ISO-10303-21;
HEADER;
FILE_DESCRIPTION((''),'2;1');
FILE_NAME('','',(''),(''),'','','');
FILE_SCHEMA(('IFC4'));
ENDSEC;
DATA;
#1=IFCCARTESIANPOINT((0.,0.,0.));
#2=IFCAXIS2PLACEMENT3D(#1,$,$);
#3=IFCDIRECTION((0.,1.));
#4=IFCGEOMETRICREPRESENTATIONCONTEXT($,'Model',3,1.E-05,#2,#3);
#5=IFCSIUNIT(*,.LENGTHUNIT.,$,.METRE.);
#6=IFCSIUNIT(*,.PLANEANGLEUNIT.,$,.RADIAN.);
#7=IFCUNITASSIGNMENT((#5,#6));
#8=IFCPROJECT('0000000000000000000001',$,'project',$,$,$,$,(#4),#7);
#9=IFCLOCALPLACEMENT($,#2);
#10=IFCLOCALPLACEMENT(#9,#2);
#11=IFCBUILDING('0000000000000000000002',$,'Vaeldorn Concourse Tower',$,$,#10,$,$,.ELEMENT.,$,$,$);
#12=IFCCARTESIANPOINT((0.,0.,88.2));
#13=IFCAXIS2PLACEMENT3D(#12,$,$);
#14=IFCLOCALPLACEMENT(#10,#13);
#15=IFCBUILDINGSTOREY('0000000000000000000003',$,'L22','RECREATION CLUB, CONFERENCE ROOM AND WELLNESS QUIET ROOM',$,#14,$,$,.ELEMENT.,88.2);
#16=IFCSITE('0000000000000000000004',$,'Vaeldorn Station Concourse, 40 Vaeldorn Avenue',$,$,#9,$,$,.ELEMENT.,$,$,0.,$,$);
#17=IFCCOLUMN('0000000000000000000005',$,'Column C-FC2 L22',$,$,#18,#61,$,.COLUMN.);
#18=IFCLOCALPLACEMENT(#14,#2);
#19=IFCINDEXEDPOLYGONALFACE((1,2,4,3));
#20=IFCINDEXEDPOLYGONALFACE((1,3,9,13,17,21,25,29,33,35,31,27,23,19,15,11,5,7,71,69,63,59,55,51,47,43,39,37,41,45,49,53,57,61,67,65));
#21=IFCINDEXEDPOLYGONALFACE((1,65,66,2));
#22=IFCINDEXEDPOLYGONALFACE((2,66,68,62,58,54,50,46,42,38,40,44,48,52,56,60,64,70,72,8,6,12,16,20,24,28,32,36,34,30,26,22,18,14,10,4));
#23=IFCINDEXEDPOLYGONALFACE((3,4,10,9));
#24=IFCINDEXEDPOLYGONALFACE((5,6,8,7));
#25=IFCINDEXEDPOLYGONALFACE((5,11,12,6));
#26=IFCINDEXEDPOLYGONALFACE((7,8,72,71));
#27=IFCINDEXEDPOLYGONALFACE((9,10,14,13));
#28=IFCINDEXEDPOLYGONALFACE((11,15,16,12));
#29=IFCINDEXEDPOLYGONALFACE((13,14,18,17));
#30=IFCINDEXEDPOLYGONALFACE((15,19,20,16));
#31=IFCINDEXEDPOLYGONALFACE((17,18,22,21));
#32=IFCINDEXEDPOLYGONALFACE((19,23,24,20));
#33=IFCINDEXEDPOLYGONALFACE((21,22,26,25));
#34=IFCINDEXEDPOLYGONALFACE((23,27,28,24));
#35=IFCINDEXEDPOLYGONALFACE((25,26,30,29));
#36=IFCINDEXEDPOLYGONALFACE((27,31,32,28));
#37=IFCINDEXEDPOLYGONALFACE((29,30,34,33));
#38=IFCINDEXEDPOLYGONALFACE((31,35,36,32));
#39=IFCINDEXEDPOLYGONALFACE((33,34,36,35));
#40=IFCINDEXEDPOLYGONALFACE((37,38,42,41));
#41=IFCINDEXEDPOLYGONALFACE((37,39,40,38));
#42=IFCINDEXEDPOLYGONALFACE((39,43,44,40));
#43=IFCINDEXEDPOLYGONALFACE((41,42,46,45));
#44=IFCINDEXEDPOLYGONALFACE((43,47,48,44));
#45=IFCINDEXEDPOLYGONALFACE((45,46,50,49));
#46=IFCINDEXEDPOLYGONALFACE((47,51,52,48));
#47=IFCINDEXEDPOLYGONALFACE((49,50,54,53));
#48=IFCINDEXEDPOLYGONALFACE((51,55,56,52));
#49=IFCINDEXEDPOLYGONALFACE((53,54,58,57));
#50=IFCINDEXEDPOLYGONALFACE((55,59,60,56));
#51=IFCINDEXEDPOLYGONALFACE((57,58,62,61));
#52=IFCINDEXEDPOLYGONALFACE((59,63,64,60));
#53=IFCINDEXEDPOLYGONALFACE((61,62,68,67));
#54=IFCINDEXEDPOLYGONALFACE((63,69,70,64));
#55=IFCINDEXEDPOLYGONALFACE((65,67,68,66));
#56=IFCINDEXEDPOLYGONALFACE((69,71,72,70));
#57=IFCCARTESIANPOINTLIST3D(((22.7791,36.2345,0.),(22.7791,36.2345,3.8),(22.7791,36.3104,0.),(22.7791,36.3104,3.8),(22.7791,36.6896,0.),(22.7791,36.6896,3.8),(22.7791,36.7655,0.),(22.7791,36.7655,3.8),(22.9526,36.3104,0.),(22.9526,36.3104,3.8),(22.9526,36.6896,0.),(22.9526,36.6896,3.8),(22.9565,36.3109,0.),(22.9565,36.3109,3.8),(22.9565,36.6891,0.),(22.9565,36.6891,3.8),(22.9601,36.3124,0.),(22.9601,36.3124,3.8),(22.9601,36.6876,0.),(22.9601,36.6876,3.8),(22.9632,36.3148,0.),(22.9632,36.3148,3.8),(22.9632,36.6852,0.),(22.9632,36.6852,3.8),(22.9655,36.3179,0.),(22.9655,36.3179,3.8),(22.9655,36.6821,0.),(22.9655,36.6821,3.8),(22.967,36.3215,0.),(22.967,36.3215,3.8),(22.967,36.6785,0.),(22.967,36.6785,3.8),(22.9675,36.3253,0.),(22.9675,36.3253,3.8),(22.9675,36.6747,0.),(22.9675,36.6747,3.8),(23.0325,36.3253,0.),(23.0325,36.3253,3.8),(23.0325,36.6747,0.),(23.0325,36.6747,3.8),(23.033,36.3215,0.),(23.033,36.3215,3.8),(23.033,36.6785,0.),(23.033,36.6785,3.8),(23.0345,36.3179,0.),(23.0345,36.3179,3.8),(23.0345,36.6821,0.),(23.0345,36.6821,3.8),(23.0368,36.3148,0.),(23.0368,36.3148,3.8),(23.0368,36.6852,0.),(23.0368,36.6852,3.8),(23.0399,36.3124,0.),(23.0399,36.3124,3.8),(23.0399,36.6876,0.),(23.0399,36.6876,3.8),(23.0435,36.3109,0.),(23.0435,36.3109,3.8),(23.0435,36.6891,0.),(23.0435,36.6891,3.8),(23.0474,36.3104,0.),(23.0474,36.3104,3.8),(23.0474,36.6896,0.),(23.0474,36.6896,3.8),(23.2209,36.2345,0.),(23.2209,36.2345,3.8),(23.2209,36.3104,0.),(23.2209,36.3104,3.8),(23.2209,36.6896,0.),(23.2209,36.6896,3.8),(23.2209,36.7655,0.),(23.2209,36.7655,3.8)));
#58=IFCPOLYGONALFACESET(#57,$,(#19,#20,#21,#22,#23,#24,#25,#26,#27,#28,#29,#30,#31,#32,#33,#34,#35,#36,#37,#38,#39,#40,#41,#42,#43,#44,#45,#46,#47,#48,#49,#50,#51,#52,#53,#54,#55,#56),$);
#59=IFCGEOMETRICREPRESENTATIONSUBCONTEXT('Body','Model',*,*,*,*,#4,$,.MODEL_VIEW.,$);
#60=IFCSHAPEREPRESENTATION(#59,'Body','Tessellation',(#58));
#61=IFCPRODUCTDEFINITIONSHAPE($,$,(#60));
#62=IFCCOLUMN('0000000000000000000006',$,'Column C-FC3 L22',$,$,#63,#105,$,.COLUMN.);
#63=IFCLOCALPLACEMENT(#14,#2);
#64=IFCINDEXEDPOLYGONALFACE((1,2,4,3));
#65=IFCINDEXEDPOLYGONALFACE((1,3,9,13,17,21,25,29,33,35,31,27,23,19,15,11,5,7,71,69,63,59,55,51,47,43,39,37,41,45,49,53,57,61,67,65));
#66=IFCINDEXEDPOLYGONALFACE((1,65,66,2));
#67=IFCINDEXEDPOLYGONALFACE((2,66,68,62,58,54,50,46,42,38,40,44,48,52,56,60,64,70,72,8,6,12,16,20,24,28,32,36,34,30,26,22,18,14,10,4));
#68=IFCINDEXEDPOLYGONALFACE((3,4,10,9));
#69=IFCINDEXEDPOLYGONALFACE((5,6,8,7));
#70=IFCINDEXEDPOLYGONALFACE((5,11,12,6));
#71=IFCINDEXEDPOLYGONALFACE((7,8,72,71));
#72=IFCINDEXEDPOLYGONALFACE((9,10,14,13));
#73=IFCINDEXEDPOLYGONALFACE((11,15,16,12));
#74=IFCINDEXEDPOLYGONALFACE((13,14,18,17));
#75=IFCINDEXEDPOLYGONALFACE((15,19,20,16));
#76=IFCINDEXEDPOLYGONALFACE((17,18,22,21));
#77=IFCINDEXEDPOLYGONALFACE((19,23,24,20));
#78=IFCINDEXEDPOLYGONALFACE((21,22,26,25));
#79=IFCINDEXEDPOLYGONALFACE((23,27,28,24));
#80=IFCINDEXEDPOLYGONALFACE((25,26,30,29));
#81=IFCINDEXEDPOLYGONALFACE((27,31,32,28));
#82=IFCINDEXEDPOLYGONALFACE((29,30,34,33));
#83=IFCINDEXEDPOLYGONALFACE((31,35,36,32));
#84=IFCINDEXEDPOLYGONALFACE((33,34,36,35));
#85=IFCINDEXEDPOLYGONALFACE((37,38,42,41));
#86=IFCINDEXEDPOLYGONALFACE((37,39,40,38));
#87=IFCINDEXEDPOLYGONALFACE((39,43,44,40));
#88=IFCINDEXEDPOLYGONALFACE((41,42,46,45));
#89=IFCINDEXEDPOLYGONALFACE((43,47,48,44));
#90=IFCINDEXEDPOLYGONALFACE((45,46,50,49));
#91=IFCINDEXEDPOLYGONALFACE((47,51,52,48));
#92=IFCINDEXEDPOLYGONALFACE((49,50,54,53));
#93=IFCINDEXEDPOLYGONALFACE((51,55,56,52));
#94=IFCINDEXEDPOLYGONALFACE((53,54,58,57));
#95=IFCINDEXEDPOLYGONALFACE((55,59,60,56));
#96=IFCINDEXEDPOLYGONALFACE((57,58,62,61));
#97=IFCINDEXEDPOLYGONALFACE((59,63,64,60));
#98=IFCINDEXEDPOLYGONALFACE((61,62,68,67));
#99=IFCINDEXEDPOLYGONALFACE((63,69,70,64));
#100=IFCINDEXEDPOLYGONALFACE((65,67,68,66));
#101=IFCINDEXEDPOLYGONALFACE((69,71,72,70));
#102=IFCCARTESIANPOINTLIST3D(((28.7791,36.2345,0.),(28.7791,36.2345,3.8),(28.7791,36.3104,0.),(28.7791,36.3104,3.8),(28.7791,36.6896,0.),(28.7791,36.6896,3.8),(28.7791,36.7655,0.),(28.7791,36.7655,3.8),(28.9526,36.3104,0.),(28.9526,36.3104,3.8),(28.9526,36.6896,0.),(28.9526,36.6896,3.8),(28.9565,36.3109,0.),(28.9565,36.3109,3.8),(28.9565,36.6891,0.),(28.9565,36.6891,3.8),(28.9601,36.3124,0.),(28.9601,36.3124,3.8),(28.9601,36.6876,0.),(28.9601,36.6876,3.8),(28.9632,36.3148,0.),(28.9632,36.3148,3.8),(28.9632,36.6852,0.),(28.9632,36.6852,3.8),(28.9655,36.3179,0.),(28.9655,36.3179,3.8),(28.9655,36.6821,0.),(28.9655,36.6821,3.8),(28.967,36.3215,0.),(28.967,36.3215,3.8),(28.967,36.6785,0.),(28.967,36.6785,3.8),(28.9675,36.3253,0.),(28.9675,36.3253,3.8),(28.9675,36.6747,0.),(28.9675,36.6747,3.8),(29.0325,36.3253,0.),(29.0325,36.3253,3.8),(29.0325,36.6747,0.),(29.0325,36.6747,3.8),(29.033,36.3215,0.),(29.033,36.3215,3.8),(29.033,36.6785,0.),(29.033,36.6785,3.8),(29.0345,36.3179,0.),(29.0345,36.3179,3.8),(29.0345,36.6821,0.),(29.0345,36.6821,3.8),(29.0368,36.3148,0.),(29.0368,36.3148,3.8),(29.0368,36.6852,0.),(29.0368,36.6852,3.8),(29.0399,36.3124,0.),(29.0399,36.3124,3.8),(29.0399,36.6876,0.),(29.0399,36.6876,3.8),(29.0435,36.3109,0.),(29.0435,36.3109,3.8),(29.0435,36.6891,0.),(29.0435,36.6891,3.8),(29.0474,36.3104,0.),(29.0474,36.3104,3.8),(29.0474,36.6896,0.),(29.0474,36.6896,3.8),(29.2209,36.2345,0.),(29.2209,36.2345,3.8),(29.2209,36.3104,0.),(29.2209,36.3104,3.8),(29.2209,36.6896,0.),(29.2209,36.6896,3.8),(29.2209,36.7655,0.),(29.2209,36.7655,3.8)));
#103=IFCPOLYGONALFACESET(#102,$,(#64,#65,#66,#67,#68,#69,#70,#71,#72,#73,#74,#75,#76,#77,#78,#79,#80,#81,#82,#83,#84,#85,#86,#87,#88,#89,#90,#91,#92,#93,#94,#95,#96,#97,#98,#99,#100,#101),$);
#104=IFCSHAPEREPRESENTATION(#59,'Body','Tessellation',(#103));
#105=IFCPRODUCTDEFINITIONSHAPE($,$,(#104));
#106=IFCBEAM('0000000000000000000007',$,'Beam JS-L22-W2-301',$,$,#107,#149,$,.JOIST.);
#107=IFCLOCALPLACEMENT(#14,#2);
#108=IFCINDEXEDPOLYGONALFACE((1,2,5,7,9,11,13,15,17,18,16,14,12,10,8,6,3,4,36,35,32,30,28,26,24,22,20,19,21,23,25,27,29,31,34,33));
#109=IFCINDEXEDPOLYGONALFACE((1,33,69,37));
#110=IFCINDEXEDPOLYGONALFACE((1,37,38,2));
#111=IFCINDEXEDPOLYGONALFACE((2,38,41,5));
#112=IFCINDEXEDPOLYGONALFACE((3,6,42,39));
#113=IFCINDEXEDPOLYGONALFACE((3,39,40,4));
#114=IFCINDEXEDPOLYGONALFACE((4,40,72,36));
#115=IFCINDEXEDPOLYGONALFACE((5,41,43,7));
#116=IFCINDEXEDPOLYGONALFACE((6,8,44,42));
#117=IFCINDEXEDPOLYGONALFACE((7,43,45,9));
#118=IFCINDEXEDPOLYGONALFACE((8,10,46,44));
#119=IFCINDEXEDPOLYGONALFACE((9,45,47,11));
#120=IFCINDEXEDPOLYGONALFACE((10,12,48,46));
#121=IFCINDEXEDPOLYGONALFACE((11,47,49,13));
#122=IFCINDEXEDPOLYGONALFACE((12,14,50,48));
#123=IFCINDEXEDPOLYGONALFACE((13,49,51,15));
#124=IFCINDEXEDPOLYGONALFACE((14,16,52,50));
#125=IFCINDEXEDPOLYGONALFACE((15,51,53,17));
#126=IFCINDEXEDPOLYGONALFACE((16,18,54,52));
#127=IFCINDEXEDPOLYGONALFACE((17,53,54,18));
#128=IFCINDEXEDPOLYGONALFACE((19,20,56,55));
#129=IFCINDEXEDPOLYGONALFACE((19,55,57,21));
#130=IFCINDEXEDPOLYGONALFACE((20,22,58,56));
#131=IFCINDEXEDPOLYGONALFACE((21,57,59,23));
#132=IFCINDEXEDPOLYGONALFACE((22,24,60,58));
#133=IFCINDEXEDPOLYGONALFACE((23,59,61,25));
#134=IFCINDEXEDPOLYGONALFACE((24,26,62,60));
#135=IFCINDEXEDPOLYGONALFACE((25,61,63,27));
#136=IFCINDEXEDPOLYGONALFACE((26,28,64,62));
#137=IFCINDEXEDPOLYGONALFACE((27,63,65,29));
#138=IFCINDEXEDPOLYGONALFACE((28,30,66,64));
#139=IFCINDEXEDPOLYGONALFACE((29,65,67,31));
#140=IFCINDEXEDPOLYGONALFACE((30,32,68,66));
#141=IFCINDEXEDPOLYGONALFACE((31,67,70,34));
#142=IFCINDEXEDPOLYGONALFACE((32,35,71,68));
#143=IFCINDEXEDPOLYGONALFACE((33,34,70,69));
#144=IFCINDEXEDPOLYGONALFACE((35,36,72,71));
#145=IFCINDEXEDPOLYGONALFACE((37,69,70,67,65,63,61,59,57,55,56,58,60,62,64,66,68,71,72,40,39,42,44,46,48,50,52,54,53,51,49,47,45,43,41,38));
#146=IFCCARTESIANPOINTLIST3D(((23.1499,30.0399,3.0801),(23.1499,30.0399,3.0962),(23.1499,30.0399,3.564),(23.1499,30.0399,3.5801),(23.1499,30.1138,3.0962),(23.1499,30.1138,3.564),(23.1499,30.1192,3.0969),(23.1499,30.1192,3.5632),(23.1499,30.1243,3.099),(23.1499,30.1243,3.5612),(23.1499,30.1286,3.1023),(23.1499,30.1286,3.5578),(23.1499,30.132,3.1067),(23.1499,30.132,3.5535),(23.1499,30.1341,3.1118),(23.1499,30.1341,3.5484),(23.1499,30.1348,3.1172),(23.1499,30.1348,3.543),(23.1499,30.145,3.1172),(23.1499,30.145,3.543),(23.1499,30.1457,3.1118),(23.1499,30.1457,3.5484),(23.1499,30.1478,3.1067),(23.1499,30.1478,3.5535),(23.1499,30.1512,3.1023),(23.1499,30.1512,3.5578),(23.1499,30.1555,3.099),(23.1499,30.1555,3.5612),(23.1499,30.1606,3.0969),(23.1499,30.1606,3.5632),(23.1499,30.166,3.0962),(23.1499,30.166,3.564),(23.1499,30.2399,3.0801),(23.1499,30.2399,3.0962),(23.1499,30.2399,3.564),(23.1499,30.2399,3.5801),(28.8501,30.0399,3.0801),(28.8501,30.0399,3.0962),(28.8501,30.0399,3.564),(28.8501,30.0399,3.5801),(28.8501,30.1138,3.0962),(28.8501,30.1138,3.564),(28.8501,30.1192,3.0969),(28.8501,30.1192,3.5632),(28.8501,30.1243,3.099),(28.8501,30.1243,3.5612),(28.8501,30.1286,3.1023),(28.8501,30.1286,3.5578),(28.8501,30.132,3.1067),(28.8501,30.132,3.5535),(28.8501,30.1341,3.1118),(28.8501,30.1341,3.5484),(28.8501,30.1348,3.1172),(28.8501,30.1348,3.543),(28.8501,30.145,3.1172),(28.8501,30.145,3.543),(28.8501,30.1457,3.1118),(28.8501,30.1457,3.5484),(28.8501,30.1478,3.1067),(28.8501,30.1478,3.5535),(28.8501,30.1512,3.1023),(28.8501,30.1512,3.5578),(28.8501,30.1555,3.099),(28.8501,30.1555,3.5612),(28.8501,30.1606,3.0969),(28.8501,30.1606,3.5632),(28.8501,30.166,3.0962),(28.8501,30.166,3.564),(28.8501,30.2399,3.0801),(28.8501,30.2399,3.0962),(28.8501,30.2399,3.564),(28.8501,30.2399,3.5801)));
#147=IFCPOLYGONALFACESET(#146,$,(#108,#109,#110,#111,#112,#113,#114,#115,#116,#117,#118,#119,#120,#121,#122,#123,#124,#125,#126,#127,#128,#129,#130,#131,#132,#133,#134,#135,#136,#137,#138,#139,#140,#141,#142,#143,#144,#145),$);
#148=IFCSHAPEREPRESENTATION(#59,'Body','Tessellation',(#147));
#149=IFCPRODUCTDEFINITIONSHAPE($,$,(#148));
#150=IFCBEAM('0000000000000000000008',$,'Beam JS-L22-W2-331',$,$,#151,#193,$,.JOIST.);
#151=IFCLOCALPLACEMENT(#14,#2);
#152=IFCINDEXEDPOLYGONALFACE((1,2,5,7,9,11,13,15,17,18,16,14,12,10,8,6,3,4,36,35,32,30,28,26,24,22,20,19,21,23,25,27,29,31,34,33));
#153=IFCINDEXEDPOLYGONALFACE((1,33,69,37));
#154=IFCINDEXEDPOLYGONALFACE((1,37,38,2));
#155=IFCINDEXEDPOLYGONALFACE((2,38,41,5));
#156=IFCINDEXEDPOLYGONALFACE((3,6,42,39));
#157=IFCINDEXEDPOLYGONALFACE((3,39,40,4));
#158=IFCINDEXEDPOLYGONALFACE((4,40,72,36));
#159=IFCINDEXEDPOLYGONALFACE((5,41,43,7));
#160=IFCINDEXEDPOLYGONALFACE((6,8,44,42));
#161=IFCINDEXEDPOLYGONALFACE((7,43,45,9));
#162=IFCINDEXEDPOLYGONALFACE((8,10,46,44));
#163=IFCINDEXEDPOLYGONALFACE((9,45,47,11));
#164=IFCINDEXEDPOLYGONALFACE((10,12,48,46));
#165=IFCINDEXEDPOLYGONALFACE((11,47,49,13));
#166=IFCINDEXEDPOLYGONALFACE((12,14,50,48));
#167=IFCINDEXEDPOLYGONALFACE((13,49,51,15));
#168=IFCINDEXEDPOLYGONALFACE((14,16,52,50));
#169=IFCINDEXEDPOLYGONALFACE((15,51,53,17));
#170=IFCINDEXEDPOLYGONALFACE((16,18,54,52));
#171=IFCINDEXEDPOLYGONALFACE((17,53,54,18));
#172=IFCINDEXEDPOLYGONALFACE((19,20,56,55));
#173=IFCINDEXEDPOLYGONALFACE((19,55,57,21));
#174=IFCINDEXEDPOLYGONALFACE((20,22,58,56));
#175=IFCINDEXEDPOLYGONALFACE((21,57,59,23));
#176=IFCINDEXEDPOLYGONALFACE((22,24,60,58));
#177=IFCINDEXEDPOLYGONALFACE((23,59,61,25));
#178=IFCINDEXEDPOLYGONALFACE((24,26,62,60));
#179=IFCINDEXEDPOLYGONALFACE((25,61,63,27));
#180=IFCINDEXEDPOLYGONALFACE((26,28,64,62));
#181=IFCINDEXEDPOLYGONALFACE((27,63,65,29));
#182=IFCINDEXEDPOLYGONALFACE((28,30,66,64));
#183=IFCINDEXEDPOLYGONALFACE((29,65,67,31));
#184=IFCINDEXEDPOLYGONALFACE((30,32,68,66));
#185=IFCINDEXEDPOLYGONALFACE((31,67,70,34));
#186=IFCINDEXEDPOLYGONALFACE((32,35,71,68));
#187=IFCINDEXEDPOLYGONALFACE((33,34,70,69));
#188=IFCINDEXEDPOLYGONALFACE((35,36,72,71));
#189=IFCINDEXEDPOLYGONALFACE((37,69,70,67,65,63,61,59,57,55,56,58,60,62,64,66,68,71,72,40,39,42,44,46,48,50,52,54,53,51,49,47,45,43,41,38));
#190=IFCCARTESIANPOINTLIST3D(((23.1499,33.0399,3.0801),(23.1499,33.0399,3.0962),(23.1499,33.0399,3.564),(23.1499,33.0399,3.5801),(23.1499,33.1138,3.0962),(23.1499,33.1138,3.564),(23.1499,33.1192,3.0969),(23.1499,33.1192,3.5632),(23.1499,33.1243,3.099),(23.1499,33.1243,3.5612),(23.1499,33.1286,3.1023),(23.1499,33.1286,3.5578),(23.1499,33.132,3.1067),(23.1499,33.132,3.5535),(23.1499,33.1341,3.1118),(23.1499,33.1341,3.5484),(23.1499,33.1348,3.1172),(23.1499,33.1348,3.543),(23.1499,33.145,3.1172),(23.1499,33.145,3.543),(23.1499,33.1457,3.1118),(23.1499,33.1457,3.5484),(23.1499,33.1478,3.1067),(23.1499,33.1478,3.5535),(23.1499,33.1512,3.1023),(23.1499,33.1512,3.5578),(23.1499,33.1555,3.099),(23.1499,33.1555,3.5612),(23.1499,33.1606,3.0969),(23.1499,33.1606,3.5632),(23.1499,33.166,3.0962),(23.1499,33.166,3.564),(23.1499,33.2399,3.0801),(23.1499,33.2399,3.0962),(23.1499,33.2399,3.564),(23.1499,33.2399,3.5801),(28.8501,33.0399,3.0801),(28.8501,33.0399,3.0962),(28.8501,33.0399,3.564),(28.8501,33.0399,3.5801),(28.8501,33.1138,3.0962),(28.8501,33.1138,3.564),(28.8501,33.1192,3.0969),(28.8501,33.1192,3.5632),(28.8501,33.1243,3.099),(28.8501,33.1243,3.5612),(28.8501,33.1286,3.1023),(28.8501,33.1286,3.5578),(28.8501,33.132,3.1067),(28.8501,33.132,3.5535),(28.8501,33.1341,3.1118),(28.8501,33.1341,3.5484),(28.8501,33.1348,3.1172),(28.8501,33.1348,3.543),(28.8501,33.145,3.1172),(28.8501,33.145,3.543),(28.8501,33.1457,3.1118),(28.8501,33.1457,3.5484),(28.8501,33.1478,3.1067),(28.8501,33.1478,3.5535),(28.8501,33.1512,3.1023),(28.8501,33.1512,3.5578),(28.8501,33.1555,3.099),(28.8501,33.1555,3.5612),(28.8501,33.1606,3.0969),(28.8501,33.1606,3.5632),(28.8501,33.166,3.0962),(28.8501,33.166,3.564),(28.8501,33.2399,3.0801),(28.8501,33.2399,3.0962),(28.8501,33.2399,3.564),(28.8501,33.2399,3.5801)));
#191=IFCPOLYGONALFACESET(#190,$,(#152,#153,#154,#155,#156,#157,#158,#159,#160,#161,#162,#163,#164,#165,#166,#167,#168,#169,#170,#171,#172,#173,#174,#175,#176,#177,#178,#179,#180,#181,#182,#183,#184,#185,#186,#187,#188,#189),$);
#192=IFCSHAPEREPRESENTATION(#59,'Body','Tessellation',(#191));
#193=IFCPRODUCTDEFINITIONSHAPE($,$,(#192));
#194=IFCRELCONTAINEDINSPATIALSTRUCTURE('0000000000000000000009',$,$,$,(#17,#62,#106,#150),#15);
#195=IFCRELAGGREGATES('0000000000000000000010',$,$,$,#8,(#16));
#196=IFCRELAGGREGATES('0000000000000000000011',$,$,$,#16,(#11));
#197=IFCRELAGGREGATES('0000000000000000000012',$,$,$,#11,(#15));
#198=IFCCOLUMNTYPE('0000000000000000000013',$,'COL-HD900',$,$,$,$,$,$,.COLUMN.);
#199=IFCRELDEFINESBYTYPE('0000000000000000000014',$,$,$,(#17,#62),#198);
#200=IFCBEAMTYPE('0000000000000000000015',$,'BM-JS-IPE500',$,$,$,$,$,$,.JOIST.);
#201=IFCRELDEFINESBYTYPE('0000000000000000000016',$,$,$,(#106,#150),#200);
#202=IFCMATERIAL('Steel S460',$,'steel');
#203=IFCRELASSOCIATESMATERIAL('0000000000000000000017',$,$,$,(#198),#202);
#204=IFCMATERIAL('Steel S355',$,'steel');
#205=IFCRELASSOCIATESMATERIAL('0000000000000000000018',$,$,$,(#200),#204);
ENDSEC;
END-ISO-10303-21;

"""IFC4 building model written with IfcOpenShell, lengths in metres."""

from ifc_helpers import new_model, si_unit, direction, frame, origin, origin_2d, place, context, subcontext, project, spatial, i_section, extrude, source, transform, mapped, material, material_profile, profile_set, type_object, element, save


model = new_model("IFC4")

# Units and contexts
model_context = context("Model", 3, precision=1e-05, world=origin(), true_north=direction((0.0, 1.0)))
body_context = subcontext(model_context, "Body", "Model", "MODEL_VIEW")
ifc_project = project(units=[si_unit("LENGTHUNIT", "METRE"), si_unit("PLANEANGLEUNIT", "RADIAN")], contexts=[model_context])

# Site, building, storey
site_placement = place(None, origin())
site = spatial("IfcSite", under=ifc_project, at=site_placement, Name="Vaeldorn Station Concourse, 40 Vaeldorn Avenue", CompositionType="ELEMENT", RefElevation=0.0)
building_placement = place(site_placement, origin())
building = spatial("IfcBuilding", under=site, at=building_placement, Name="Vaeldorn Concourse Tower", CompositionType="ELEMENT")
storey_placement = place(building_placement, frame((0.0, 0.0, 88.2)))
storey = spatial("IfcBuildingStorey", under=building, at=storey_placement, Name="L22", Description="RECREATION CLUB, CONFERENCE ROOM AND WELLNESS QUIET ROOM", CompositionType="ELEMENT", Elevation=88.2)

# Columns
ifc_material_1 = material(Name="Steel S460", Category="steel")
ifc_material_profile_1 = material_profile(ifc_material_1, i_section(OverallWidth=0.4419, OverallDepth=0.531, WebThickness=0.0649, FlangeThickness=0.0759, FilletRadius=0.0149, at=origin_2d()), Name="HD 400x900")
ifc_profile_set_1 = profile_set([ifc_material_profile_1], Name="Steel S460")
column_type = type_object("IfcColumnType", Name="COL-HD900", PredefinedType="COLUMN", material=ifc_profile_set_1)
shared_shape_1 = source(origin(), body_context, "Body", "SweptSolid", [
    extrude(i_section(OverallWidth=0.4419, OverallDepth=0.531, WebThickness=0.0649, FlangeThickness=0.0759, FilletRadius=0.0149, at=origin_2d()), origin(), (0.0, 0.0, 1.0), 3.8),
])
for number, where, z_axis, x_axis, name in (
    (1, (23.0, 36.5, 0.0), (0.0, 0.0, 1.0), (1.0, 0.0, 0.0), "Column C-FC2 L22"),
    (2, (29.0, 36.5, 0.0), (0.0, 0.0, 1.0), (1.0, 0.0, 0.0), "Column C-FC3 L22"),
):
    element("IfcColumn", number, at=place(storey_placement, frame(where, z_axis=z_axis, x_axis=x_axis)), inside=storey, type_object=column_type, Name=name, PredefinedType="COLUMN", context=body_context, shape_type="MappedRepresentation", body=[
        mapped(shared_shape_1, transform((0.0, 0.0, 0.0), scale=1.0)),
    ])

# Beams
ifc_material_2 = material(Name="Steel S355", Category="steel")
ifc_material_profile_2 = material_profile(ifc_material_2, i_section(OverallWidth=0.2, OverallDepth=0.5, WebThickness=0.0103, FlangeThickness=0.0161, FilletRadius=0.021, at=origin_2d()), Name="IPE 500")
ifc_profile_set_2 = profile_set([ifc_material_profile_2], Name="Steel S355")
beam_type_1 = type_object("IfcBeamType", Name="BM-JS-IPE500", PredefinedType="JOIST", material=ifc_profile_set_2)
shared_shape_2 = source(origin(), body_context, "Body", "SweptSolid", [
    extrude(i_section(OverallWidth=0.2, OverallDepth=0.5, WebThickness=0.0103, FlangeThickness=0.0161, FilletRadius=0.021, at=origin_2d()), origin(), (0.0, 0.0, 1.0), 5.7002),
])
for number, where, z_axis, x_axis, name in (
    (3, (23.1499, 30.1399, 3.3301), (1.0, 0.0, 0.0), (0.0, 1.0, 0.0), "Beam JS-L22-W2-301"),
    (4, (23.1499, 33.1399, 3.3301), (1.0, 0.0, 0.0), (0.0, 1.0, 0.0), "Beam JS-L22-W2-331"),
):
    element("IfcBeam", number, at=place(storey_placement, frame(where, z_axis=z_axis, x_axis=x_axis)), inside=storey, type_object=beam_type_1, Name=name, PredefinedType="JOIST", context=body_context, shape_type="MappedRepresentation", body=[
        mapped(shared_shape_2, transform((0.0, 0.0, 0.0), scale=1.0)),
    ])

save(model, "model.ifc")
